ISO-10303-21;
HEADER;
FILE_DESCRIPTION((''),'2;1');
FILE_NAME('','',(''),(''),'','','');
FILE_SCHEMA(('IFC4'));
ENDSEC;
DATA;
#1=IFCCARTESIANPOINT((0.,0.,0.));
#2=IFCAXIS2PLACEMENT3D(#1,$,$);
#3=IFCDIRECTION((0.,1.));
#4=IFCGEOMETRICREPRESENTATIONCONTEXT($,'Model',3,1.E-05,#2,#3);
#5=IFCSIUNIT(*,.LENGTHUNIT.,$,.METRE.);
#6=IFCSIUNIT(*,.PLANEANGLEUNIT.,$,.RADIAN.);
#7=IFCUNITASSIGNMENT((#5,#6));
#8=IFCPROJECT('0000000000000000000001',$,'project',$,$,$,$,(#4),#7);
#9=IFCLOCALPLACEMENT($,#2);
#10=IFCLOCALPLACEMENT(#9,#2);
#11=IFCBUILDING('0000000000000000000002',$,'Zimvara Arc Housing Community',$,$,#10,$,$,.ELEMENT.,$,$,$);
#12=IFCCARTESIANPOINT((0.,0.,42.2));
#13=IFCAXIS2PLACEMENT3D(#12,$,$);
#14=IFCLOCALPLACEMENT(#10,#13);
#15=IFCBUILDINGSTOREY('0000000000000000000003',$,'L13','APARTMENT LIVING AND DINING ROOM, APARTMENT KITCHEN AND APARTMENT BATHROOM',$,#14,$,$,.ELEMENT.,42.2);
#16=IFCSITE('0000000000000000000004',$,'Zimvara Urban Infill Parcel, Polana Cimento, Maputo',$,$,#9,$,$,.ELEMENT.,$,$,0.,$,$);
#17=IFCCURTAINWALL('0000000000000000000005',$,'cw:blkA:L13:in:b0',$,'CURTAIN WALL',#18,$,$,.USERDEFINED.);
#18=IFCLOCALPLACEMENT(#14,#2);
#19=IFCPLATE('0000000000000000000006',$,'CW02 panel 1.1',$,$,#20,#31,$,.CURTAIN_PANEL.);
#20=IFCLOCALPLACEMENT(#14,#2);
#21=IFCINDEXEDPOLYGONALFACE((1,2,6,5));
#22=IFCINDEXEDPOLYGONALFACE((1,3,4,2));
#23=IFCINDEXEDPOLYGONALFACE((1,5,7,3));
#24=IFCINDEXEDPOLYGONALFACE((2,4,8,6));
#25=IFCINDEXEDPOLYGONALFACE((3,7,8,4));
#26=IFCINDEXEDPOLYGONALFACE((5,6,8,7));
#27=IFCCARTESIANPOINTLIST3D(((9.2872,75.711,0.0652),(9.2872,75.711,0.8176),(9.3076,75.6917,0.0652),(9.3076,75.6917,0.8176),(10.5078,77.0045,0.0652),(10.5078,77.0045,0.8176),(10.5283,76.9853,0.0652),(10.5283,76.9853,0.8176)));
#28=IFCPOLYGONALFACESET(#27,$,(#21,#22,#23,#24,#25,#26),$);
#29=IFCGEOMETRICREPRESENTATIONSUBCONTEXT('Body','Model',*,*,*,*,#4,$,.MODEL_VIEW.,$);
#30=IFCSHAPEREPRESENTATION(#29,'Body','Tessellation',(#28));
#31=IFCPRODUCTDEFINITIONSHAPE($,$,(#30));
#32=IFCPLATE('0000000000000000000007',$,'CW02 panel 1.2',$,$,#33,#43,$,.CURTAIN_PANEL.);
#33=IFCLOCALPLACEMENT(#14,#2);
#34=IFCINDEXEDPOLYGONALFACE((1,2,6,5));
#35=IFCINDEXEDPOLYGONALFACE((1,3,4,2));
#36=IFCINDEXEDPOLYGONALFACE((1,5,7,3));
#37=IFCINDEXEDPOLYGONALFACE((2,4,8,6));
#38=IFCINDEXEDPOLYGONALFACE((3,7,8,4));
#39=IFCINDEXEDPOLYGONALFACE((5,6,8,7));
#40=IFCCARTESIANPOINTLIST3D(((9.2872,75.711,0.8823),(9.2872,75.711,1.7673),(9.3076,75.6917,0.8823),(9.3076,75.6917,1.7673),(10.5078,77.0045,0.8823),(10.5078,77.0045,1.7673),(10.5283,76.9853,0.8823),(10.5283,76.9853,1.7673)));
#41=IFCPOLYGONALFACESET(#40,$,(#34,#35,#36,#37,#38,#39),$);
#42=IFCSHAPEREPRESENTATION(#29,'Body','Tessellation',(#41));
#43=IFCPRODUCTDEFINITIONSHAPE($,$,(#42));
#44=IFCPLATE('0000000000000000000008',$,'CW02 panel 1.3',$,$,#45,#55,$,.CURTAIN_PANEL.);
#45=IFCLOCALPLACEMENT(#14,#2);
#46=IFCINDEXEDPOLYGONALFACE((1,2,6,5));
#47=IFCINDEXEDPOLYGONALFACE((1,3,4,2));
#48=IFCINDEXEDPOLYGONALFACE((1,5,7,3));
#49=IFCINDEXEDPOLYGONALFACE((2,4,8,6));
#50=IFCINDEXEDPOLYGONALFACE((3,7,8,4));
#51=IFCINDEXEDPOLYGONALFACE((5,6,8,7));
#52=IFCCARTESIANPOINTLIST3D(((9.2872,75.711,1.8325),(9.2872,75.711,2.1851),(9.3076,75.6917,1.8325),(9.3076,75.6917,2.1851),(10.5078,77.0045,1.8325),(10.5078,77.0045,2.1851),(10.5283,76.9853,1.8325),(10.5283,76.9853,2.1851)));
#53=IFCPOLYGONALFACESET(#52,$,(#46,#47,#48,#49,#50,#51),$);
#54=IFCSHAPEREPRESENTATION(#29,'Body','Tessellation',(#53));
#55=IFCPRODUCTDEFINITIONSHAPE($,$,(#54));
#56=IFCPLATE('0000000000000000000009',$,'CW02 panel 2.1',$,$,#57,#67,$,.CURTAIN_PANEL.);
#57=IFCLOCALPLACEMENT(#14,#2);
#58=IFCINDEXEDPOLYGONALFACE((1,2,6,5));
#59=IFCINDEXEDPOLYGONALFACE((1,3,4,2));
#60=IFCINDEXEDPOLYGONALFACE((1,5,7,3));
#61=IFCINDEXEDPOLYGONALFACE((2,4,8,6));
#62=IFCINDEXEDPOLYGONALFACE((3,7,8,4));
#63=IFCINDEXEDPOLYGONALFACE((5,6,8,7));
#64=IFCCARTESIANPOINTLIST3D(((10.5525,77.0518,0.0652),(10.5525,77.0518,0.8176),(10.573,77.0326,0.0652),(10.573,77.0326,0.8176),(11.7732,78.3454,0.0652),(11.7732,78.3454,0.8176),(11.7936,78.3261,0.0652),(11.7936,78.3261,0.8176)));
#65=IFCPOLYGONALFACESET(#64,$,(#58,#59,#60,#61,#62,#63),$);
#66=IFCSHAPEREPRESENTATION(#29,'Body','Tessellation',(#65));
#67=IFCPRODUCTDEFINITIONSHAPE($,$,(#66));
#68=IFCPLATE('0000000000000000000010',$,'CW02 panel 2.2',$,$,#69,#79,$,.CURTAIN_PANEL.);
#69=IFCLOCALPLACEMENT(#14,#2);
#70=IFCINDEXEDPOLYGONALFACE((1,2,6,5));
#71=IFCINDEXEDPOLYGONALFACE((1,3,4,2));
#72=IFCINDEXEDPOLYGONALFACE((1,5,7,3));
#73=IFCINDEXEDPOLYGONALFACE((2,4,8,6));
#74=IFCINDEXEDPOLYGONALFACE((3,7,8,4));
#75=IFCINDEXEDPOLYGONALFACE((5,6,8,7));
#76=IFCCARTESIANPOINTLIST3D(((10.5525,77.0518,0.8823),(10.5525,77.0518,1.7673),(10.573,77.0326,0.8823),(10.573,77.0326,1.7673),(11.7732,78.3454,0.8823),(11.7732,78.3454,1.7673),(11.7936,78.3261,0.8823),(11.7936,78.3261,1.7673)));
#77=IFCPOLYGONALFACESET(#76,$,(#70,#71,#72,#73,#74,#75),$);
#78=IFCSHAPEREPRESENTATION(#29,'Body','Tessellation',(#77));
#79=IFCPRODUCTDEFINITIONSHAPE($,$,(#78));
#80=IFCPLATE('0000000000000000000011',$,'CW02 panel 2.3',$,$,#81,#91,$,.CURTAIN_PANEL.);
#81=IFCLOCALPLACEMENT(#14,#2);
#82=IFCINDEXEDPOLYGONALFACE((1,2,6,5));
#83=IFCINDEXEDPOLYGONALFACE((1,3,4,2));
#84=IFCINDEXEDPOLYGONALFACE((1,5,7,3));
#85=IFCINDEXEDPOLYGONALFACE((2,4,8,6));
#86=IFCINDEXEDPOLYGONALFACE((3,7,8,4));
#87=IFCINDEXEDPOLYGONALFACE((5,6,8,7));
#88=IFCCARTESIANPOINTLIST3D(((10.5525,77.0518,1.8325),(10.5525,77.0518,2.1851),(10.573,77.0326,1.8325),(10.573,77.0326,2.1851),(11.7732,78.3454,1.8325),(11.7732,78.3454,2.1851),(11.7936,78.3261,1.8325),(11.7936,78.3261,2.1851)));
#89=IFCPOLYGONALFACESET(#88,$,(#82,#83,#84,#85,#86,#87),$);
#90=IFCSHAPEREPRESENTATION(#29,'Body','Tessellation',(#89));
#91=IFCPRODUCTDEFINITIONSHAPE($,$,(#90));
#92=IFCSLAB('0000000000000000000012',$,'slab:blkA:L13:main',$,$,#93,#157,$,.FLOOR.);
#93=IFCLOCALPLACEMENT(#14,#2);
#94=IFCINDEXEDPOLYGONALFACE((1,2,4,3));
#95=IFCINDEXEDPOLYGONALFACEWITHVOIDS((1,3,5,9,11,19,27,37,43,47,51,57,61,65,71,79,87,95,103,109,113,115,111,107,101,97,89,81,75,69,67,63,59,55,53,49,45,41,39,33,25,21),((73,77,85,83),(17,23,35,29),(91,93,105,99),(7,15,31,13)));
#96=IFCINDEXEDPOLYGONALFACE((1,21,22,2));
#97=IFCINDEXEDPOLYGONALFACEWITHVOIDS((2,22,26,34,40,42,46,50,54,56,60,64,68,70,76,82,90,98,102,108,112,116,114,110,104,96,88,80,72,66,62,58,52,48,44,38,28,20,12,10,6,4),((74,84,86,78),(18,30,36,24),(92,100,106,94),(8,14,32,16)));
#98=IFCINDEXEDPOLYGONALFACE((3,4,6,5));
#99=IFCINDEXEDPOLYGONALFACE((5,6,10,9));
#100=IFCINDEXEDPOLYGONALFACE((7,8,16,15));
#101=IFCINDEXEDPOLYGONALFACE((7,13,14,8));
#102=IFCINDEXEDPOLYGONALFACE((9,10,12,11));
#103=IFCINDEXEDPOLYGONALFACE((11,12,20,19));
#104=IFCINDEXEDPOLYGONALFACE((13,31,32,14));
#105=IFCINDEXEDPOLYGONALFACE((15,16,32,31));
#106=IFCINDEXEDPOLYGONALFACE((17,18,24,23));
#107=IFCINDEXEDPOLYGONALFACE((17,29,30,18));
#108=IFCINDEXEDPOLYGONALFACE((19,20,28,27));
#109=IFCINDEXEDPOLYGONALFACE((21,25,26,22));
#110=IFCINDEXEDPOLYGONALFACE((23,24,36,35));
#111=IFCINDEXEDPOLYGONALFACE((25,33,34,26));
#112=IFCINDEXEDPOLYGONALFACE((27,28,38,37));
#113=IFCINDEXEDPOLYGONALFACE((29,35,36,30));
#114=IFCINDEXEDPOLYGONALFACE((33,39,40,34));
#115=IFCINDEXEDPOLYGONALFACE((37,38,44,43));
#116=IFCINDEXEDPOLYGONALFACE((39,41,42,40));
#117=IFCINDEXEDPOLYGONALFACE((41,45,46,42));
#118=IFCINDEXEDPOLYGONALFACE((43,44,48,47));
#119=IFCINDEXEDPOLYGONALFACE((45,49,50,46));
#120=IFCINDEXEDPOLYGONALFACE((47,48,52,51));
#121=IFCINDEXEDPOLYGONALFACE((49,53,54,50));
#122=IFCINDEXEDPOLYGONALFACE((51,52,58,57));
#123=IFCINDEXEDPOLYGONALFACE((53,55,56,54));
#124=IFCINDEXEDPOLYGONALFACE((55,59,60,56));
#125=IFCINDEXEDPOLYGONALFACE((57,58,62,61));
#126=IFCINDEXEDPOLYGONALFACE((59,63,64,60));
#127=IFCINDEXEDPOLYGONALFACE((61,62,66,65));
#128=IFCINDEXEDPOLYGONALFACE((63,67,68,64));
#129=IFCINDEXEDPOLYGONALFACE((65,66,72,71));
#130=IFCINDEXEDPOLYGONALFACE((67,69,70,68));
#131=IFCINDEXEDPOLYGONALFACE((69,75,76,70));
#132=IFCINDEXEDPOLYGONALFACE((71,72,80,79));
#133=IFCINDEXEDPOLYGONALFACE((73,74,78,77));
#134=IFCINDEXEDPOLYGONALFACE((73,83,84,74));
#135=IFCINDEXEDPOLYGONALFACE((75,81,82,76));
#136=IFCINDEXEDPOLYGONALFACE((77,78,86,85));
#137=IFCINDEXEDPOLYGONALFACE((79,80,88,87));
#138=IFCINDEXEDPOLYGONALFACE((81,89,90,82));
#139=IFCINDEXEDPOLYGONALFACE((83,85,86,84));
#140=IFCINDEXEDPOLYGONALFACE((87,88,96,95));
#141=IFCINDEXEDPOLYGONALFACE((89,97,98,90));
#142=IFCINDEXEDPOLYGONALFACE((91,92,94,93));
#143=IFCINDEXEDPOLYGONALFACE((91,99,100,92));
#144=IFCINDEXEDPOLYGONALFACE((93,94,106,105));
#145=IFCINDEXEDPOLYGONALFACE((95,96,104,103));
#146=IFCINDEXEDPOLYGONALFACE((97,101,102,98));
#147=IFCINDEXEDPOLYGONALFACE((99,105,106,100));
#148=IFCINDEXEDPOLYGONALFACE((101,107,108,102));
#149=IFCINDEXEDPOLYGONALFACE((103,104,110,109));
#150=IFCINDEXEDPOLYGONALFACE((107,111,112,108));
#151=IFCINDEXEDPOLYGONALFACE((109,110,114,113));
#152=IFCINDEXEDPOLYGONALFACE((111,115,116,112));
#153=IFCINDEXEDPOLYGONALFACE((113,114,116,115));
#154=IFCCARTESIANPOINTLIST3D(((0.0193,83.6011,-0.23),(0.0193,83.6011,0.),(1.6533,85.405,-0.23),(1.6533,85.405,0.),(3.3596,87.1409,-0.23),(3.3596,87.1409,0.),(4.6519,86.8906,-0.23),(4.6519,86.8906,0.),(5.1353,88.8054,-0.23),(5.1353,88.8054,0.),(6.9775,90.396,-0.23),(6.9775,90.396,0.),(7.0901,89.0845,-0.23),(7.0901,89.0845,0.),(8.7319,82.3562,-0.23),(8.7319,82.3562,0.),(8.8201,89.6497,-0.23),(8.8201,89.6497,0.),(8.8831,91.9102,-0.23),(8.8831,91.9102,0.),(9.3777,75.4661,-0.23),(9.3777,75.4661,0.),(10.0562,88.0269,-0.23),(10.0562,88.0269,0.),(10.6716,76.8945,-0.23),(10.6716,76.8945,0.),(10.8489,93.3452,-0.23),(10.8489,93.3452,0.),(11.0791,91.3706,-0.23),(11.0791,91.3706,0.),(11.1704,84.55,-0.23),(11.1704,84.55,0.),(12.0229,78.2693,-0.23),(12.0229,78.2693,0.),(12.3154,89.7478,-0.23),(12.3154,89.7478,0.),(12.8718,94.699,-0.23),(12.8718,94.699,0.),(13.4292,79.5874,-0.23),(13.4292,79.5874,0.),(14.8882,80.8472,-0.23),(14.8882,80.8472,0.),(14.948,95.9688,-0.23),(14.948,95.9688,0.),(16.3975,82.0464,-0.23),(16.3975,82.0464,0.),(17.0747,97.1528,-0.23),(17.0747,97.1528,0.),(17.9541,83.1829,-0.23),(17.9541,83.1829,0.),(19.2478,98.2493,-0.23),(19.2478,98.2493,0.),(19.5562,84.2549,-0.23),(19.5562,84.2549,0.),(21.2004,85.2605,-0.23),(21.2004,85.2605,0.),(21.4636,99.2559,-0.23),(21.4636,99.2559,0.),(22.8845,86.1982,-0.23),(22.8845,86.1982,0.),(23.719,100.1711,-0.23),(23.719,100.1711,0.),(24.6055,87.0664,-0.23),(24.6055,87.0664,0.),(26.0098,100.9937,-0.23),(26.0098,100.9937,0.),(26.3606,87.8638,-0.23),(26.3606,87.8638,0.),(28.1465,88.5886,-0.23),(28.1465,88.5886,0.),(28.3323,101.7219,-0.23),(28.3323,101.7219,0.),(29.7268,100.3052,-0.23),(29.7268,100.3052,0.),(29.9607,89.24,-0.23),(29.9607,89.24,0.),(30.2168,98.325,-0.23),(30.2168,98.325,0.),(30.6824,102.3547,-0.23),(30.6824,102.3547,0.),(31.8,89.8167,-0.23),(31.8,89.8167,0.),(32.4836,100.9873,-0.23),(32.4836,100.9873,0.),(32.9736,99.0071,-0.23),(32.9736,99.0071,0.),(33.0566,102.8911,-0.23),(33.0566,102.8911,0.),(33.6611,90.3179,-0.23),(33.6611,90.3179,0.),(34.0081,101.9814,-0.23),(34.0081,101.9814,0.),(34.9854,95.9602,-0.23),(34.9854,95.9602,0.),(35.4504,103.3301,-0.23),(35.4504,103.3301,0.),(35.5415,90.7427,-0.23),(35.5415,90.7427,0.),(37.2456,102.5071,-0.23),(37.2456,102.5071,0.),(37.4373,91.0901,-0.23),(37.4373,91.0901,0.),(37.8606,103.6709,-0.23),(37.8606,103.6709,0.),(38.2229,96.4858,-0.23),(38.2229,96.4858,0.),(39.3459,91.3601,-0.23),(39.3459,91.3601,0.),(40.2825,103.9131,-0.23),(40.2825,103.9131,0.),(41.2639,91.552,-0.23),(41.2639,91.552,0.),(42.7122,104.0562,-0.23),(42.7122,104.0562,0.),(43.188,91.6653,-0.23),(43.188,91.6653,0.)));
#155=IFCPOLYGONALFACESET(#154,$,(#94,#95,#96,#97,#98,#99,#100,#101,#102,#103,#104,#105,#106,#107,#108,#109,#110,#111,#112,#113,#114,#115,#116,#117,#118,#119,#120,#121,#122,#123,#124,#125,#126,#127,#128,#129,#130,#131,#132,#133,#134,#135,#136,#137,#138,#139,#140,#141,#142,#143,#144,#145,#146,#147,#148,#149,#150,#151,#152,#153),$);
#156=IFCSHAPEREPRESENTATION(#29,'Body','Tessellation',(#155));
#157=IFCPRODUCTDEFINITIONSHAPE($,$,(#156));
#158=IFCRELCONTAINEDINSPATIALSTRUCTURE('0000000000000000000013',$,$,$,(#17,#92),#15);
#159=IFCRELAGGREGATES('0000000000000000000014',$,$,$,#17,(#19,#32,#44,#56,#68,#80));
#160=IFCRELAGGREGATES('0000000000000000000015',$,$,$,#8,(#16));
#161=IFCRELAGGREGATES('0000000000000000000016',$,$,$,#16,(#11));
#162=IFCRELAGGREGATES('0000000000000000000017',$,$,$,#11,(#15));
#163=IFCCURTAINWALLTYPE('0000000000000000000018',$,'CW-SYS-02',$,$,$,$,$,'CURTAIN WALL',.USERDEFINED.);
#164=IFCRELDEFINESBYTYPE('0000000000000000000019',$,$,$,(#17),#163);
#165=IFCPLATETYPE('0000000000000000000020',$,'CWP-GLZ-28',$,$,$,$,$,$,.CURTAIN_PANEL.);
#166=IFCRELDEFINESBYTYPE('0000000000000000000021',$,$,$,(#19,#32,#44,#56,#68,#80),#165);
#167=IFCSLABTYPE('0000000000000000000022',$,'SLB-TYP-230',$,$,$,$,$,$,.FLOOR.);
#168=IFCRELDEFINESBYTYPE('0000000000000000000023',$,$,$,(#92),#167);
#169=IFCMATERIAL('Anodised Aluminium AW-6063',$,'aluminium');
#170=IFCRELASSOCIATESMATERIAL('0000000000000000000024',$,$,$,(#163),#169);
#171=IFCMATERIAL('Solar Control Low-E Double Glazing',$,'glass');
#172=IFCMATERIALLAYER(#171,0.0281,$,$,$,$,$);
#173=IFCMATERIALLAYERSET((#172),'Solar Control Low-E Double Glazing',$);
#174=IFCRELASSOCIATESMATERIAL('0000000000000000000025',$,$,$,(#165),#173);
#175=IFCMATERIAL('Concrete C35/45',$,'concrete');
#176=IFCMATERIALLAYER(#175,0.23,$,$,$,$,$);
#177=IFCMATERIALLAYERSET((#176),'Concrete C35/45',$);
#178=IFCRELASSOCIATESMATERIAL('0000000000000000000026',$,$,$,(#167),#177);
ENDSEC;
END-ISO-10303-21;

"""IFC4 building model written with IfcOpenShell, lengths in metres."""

from ifc_helpers import new_model, si_unit, direction, frame, origin, origin_2d, place, context, subcontext, project, spatial, polyline, rectangle, outline, extrude, material, layer, layer_set, type_object, element, aggregate, save


model = new_model("IFC4")

# Units and contexts
model_context = context("Model", 3, precision=1e-05, world=origin(), true_north=direction((0.0, 1.0)))
body_context = subcontext(model_context, "Body", "Model", "MODEL_VIEW")
ifc_project = project(units=[si_unit("LENGTHUNIT", "METRE"), si_unit("PLANEANGLEUNIT", "RADIAN")], contexts=[model_context])

# Site, building, storey
site_placement = place(None, origin())
site = spatial("IfcSite", under=ifc_project, at=site_placement, Name="Zimvara Urban Infill Parcel, Polana Cimento, Maputo", CompositionType="ELEMENT", RefElevation=0.0)
building_placement = place(site_placement, origin())
building = spatial("IfcBuilding", under=site, at=building_placement, Name="Zimvara Arc Housing Community", CompositionType="ELEMENT")
storey_placement = place(building_placement, frame((0.0, 0.0, 42.2)))
storey = spatial("IfcBuildingStorey", under=building, at=storey_placement, Name="L13", Description="APARTMENT LIVING AND DINING ROOM, APARTMENT KITCHEN AND APARTMENT BATHROOM", CompositionType="ELEMENT", Elevation=42.2)

# Curtain wall, plates
ifc_material_1 = material(Name="Anodised Aluminium AW-6063", Category="aluminium")
curtain_wall_type = type_object("IfcCurtainWallType", Name="CW-SYS-02", ElementType="CURTAIN WALL", PredefinedType="USERDEFINED", material=ifc_material_1)
curtain_wall_placement = place(storey_placement, origin())
curtain_wall = element("IfcCurtainWall", 1, at=curtain_wall_placement, inside=storey, type_object=curtain_wall_type, Name="cw:blkA:L13:in:b0", ObjectType="CURTAIN WALL", PredefinedType="USERDEFINED")
ifc_material_2 = material(Name="Solar Control Low-E Double Glazing", Category="glass")
ifc_layer_1 = layer(ifc_material_2, 0.0281)
ifc_layer_set_1 = layer_set([ifc_layer_1], Name="Solar Control Low-E Double Glazing")
plate_type = type_object("IfcPlateType", Name="CWP-GLZ-28", PredefinedType="CURTAIN_PANEL", material=ifc_layer_set_1)
plate_1_placement = place(storey_placement, frame((9.9077, 76.3481, 0.0652), z_axis=(0.0, 0.0, 1.0), x_axis=(0.686326, 0.727294, 0.0)))
plate_1 = element("IfcPlate", 2, at=plate_1_placement, type_object=plate_type, Name="CW02 panel 1.1", PredefinedType="CURTAIN_PANEL", context=body_context, shape_type="SweptSolid", body=[
    extrude(rectangle(XDim=1.7786, YDim=0.0281, at=origin_2d()), origin(), (0.0, 0.0, 1.0), 0.7524),
])
plate_2_placement = place(storey_placement, frame((9.9077, 76.3481, 0.8823), z_axis=(0.0, 0.0, 1.0), x_axis=(0.686326, 0.727294, 0.0)))
plate_2 = element("IfcPlate", 3, at=plate_2_placement, type_object=plate_type, Name="CW02 panel 1.2", PredefinedType="CURTAIN_PANEL", context=body_context, shape_type="SweptSolid", body=[
    extrude(rectangle(XDim=1.7786, YDim=0.0281, at=origin_2d()), origin(), (0.0, 0.0, 1.0), 0.885),
])
plate_3_placement = place(storey_placement, frame((9.9077, 76.3481, 1.8325), z_axis=(0.0, 0.0, 1.0), x_axis=(0.686326, 0.727294, 0.0)))
plate_3 = element("IfcPlate", 4, at=plate_3_placement, type_object=plate_type, Name="CW02 panel 1.3", PredefinedType="CURTAIN_PANEL", context=body_context, shape_type="SweptSolid", body=[
    extrude(rectangle(XDim=1.7786, YDim=0.0281, at=origin_2d()), origin(), (0.0, 0.0, 1.0), 0.3525),
])
plate_4_placement = place(storey_placement, frame((11.1731, 77.689, 0.0652), z_axis=(0.0, 0.0, 1.0), x_axis=(0.686326, 0.727294, 0.0)))
plate_4 = element("IfcPlate", 5, at=plate_4_placement, type_object=plate_type, Name="CW02 panel 2.1", PredefinedType="CURTAIN_PANEL", context=body_context, shape_type="SweptSolid", body=[
    extrude(rectangle(XDim=1.7786, YDim=0.0281, at=origin_2d()), origin(), (0.0, 0.0, 1.0), 0.7524),
])
plate_5_placement = place(storey_placement, frame((11.1731, 77.689, 0.8823), z_axis=(0.0, 0.0, 1.0), x_axis=(0.686326, 0.727294, 0.0)))
plate_5 = element("IfcPlate", 6, at=plate_5_placement, type_object=plate_type, Name="CW02 panel 2.2", PredefinedType="CURTAIN_PANEL", context=body_context, shape_type="SweptSolid", body=[
    extrude(rectangle(XDim=1.7786, YDim=0.0281, at=origin_2d()), origin(), (0.0, 0.0, 1.0), 0.885),
])
plate_6_placement = place(storey_placement, frame((11.1731, 77.689, 1.8325), z_axis=(0.0, 0.0, 1.0), x_axis=(0.686326, 0.727294, 0.0)))
plate_6 = element("IfcPlate", 7, at=plate_6_placement, type_object=plate_type, Name="CW02 panel 2.3", PredefinedType="CURTAIN_PANEL", context=body_context, shape_type="SweptSolid", body=[
    extrude(rectangle(XDim=1.7786, YDim=0.0281, at=origin_2d()), origin(), (0.0, 0.0, 1.0), 0.3525),
])
aggregate(curtain_wall, [plate_1, plate_2, plate_3, plate_4, plate_5, plate_6])

# Slab
ifc_material_3 = material(Name="Concrete C35/45", Category="concrete")
ifc_layer_2 = layer(ifc_material_3, 0.23)
ifc_layer_set_2 = layer_set([ifc_layer_2], Name="Concrete C35/45")
slab_type = type_object("IfcSlabType", Name="SLB-TYP-230", PredefinedType="FLOOR", material=ifc_layer_set_2)
slab_placement = place(storey_placement, frame((0.0, 0.0, -0.23)))
element("IfcSlab", 8, at=slab_placement, inside=storey, type_object=slab_type, Name="slab:blkA:L13:main", PredefinedType="FLOOR", context=body_context, shape_type="SweptSolid", body=[
    extrude(outline(polyline([(9.3777, 75.4661), (10.6716, 76.8945), (12.0229, 78.2693), (13.4292, 79.5874), (14.8882, 80.8472), (16.3975, 82.0464), (17.9541, 83.1829), (19.5562, 84.2549), (21.2004, 85.2605), (22.8845, 86.1982), (24.6055, 87.0664), (26.3606, 87.8638), (28.1465, 88.5886), (29.9607, 89.24), (31.8, 89.8167), (33.6611, 90.3179), (35.5415, 90.7427), (37.4373, 91.0901), (39.3459, 91.3601), (41.2639, 91.552), (43.188, 91.6653), (42.7122, 104.0562), (40.2825, 103.9131), (37.8606, 103.6709), (35.4504, 103.3301), (33.0566, 102.8911), (30.6824, 102.3547), (28.3323, 101.7219), (26.0098, 100.9937), (23.719, 100.1711), (21.4636, 99.2559), (19.2478, 98.2493), (17.0747, 97.1528), (14.948, 95.9688), (12.8718, 94.699), (10.8489, 93.3452), (8.8831, 91.9102), (6.9775, 90.396), (5.1353, 88.8054), (3.3596, 87.1409), (1.6533, 85.405), (0.0193, 83.6011), (9.3777, 75.4661)]), holes=[polyline([(8.7319, 82.3562), (4.6519, 86.8906), (7.0901, 89.0845), (11.1704, 84.55), (8.7319, 82.3562)]), polyline([(34.9854, 95.9602), (34.0081, 101.9814), (37.2456, 102.5071), (38.2229, 96.4858), (34.9854, 95.9602)]), polyline([(10.0562, 88.0269), (8.8201, 89.6497), (11.0791, 91.3706), (12.3154, 89.7478), (10.0562, 88.0269)]), polyline([(30.2168, 98.325), (29.7268, 100.3052), (32.4836, 100.9873), (32.9736, 99.0071), (30.2168, 98.325)])]), origin(), (0.0, 0.0, 1.0), 0.23),
])

save(model, "model.ifc")
